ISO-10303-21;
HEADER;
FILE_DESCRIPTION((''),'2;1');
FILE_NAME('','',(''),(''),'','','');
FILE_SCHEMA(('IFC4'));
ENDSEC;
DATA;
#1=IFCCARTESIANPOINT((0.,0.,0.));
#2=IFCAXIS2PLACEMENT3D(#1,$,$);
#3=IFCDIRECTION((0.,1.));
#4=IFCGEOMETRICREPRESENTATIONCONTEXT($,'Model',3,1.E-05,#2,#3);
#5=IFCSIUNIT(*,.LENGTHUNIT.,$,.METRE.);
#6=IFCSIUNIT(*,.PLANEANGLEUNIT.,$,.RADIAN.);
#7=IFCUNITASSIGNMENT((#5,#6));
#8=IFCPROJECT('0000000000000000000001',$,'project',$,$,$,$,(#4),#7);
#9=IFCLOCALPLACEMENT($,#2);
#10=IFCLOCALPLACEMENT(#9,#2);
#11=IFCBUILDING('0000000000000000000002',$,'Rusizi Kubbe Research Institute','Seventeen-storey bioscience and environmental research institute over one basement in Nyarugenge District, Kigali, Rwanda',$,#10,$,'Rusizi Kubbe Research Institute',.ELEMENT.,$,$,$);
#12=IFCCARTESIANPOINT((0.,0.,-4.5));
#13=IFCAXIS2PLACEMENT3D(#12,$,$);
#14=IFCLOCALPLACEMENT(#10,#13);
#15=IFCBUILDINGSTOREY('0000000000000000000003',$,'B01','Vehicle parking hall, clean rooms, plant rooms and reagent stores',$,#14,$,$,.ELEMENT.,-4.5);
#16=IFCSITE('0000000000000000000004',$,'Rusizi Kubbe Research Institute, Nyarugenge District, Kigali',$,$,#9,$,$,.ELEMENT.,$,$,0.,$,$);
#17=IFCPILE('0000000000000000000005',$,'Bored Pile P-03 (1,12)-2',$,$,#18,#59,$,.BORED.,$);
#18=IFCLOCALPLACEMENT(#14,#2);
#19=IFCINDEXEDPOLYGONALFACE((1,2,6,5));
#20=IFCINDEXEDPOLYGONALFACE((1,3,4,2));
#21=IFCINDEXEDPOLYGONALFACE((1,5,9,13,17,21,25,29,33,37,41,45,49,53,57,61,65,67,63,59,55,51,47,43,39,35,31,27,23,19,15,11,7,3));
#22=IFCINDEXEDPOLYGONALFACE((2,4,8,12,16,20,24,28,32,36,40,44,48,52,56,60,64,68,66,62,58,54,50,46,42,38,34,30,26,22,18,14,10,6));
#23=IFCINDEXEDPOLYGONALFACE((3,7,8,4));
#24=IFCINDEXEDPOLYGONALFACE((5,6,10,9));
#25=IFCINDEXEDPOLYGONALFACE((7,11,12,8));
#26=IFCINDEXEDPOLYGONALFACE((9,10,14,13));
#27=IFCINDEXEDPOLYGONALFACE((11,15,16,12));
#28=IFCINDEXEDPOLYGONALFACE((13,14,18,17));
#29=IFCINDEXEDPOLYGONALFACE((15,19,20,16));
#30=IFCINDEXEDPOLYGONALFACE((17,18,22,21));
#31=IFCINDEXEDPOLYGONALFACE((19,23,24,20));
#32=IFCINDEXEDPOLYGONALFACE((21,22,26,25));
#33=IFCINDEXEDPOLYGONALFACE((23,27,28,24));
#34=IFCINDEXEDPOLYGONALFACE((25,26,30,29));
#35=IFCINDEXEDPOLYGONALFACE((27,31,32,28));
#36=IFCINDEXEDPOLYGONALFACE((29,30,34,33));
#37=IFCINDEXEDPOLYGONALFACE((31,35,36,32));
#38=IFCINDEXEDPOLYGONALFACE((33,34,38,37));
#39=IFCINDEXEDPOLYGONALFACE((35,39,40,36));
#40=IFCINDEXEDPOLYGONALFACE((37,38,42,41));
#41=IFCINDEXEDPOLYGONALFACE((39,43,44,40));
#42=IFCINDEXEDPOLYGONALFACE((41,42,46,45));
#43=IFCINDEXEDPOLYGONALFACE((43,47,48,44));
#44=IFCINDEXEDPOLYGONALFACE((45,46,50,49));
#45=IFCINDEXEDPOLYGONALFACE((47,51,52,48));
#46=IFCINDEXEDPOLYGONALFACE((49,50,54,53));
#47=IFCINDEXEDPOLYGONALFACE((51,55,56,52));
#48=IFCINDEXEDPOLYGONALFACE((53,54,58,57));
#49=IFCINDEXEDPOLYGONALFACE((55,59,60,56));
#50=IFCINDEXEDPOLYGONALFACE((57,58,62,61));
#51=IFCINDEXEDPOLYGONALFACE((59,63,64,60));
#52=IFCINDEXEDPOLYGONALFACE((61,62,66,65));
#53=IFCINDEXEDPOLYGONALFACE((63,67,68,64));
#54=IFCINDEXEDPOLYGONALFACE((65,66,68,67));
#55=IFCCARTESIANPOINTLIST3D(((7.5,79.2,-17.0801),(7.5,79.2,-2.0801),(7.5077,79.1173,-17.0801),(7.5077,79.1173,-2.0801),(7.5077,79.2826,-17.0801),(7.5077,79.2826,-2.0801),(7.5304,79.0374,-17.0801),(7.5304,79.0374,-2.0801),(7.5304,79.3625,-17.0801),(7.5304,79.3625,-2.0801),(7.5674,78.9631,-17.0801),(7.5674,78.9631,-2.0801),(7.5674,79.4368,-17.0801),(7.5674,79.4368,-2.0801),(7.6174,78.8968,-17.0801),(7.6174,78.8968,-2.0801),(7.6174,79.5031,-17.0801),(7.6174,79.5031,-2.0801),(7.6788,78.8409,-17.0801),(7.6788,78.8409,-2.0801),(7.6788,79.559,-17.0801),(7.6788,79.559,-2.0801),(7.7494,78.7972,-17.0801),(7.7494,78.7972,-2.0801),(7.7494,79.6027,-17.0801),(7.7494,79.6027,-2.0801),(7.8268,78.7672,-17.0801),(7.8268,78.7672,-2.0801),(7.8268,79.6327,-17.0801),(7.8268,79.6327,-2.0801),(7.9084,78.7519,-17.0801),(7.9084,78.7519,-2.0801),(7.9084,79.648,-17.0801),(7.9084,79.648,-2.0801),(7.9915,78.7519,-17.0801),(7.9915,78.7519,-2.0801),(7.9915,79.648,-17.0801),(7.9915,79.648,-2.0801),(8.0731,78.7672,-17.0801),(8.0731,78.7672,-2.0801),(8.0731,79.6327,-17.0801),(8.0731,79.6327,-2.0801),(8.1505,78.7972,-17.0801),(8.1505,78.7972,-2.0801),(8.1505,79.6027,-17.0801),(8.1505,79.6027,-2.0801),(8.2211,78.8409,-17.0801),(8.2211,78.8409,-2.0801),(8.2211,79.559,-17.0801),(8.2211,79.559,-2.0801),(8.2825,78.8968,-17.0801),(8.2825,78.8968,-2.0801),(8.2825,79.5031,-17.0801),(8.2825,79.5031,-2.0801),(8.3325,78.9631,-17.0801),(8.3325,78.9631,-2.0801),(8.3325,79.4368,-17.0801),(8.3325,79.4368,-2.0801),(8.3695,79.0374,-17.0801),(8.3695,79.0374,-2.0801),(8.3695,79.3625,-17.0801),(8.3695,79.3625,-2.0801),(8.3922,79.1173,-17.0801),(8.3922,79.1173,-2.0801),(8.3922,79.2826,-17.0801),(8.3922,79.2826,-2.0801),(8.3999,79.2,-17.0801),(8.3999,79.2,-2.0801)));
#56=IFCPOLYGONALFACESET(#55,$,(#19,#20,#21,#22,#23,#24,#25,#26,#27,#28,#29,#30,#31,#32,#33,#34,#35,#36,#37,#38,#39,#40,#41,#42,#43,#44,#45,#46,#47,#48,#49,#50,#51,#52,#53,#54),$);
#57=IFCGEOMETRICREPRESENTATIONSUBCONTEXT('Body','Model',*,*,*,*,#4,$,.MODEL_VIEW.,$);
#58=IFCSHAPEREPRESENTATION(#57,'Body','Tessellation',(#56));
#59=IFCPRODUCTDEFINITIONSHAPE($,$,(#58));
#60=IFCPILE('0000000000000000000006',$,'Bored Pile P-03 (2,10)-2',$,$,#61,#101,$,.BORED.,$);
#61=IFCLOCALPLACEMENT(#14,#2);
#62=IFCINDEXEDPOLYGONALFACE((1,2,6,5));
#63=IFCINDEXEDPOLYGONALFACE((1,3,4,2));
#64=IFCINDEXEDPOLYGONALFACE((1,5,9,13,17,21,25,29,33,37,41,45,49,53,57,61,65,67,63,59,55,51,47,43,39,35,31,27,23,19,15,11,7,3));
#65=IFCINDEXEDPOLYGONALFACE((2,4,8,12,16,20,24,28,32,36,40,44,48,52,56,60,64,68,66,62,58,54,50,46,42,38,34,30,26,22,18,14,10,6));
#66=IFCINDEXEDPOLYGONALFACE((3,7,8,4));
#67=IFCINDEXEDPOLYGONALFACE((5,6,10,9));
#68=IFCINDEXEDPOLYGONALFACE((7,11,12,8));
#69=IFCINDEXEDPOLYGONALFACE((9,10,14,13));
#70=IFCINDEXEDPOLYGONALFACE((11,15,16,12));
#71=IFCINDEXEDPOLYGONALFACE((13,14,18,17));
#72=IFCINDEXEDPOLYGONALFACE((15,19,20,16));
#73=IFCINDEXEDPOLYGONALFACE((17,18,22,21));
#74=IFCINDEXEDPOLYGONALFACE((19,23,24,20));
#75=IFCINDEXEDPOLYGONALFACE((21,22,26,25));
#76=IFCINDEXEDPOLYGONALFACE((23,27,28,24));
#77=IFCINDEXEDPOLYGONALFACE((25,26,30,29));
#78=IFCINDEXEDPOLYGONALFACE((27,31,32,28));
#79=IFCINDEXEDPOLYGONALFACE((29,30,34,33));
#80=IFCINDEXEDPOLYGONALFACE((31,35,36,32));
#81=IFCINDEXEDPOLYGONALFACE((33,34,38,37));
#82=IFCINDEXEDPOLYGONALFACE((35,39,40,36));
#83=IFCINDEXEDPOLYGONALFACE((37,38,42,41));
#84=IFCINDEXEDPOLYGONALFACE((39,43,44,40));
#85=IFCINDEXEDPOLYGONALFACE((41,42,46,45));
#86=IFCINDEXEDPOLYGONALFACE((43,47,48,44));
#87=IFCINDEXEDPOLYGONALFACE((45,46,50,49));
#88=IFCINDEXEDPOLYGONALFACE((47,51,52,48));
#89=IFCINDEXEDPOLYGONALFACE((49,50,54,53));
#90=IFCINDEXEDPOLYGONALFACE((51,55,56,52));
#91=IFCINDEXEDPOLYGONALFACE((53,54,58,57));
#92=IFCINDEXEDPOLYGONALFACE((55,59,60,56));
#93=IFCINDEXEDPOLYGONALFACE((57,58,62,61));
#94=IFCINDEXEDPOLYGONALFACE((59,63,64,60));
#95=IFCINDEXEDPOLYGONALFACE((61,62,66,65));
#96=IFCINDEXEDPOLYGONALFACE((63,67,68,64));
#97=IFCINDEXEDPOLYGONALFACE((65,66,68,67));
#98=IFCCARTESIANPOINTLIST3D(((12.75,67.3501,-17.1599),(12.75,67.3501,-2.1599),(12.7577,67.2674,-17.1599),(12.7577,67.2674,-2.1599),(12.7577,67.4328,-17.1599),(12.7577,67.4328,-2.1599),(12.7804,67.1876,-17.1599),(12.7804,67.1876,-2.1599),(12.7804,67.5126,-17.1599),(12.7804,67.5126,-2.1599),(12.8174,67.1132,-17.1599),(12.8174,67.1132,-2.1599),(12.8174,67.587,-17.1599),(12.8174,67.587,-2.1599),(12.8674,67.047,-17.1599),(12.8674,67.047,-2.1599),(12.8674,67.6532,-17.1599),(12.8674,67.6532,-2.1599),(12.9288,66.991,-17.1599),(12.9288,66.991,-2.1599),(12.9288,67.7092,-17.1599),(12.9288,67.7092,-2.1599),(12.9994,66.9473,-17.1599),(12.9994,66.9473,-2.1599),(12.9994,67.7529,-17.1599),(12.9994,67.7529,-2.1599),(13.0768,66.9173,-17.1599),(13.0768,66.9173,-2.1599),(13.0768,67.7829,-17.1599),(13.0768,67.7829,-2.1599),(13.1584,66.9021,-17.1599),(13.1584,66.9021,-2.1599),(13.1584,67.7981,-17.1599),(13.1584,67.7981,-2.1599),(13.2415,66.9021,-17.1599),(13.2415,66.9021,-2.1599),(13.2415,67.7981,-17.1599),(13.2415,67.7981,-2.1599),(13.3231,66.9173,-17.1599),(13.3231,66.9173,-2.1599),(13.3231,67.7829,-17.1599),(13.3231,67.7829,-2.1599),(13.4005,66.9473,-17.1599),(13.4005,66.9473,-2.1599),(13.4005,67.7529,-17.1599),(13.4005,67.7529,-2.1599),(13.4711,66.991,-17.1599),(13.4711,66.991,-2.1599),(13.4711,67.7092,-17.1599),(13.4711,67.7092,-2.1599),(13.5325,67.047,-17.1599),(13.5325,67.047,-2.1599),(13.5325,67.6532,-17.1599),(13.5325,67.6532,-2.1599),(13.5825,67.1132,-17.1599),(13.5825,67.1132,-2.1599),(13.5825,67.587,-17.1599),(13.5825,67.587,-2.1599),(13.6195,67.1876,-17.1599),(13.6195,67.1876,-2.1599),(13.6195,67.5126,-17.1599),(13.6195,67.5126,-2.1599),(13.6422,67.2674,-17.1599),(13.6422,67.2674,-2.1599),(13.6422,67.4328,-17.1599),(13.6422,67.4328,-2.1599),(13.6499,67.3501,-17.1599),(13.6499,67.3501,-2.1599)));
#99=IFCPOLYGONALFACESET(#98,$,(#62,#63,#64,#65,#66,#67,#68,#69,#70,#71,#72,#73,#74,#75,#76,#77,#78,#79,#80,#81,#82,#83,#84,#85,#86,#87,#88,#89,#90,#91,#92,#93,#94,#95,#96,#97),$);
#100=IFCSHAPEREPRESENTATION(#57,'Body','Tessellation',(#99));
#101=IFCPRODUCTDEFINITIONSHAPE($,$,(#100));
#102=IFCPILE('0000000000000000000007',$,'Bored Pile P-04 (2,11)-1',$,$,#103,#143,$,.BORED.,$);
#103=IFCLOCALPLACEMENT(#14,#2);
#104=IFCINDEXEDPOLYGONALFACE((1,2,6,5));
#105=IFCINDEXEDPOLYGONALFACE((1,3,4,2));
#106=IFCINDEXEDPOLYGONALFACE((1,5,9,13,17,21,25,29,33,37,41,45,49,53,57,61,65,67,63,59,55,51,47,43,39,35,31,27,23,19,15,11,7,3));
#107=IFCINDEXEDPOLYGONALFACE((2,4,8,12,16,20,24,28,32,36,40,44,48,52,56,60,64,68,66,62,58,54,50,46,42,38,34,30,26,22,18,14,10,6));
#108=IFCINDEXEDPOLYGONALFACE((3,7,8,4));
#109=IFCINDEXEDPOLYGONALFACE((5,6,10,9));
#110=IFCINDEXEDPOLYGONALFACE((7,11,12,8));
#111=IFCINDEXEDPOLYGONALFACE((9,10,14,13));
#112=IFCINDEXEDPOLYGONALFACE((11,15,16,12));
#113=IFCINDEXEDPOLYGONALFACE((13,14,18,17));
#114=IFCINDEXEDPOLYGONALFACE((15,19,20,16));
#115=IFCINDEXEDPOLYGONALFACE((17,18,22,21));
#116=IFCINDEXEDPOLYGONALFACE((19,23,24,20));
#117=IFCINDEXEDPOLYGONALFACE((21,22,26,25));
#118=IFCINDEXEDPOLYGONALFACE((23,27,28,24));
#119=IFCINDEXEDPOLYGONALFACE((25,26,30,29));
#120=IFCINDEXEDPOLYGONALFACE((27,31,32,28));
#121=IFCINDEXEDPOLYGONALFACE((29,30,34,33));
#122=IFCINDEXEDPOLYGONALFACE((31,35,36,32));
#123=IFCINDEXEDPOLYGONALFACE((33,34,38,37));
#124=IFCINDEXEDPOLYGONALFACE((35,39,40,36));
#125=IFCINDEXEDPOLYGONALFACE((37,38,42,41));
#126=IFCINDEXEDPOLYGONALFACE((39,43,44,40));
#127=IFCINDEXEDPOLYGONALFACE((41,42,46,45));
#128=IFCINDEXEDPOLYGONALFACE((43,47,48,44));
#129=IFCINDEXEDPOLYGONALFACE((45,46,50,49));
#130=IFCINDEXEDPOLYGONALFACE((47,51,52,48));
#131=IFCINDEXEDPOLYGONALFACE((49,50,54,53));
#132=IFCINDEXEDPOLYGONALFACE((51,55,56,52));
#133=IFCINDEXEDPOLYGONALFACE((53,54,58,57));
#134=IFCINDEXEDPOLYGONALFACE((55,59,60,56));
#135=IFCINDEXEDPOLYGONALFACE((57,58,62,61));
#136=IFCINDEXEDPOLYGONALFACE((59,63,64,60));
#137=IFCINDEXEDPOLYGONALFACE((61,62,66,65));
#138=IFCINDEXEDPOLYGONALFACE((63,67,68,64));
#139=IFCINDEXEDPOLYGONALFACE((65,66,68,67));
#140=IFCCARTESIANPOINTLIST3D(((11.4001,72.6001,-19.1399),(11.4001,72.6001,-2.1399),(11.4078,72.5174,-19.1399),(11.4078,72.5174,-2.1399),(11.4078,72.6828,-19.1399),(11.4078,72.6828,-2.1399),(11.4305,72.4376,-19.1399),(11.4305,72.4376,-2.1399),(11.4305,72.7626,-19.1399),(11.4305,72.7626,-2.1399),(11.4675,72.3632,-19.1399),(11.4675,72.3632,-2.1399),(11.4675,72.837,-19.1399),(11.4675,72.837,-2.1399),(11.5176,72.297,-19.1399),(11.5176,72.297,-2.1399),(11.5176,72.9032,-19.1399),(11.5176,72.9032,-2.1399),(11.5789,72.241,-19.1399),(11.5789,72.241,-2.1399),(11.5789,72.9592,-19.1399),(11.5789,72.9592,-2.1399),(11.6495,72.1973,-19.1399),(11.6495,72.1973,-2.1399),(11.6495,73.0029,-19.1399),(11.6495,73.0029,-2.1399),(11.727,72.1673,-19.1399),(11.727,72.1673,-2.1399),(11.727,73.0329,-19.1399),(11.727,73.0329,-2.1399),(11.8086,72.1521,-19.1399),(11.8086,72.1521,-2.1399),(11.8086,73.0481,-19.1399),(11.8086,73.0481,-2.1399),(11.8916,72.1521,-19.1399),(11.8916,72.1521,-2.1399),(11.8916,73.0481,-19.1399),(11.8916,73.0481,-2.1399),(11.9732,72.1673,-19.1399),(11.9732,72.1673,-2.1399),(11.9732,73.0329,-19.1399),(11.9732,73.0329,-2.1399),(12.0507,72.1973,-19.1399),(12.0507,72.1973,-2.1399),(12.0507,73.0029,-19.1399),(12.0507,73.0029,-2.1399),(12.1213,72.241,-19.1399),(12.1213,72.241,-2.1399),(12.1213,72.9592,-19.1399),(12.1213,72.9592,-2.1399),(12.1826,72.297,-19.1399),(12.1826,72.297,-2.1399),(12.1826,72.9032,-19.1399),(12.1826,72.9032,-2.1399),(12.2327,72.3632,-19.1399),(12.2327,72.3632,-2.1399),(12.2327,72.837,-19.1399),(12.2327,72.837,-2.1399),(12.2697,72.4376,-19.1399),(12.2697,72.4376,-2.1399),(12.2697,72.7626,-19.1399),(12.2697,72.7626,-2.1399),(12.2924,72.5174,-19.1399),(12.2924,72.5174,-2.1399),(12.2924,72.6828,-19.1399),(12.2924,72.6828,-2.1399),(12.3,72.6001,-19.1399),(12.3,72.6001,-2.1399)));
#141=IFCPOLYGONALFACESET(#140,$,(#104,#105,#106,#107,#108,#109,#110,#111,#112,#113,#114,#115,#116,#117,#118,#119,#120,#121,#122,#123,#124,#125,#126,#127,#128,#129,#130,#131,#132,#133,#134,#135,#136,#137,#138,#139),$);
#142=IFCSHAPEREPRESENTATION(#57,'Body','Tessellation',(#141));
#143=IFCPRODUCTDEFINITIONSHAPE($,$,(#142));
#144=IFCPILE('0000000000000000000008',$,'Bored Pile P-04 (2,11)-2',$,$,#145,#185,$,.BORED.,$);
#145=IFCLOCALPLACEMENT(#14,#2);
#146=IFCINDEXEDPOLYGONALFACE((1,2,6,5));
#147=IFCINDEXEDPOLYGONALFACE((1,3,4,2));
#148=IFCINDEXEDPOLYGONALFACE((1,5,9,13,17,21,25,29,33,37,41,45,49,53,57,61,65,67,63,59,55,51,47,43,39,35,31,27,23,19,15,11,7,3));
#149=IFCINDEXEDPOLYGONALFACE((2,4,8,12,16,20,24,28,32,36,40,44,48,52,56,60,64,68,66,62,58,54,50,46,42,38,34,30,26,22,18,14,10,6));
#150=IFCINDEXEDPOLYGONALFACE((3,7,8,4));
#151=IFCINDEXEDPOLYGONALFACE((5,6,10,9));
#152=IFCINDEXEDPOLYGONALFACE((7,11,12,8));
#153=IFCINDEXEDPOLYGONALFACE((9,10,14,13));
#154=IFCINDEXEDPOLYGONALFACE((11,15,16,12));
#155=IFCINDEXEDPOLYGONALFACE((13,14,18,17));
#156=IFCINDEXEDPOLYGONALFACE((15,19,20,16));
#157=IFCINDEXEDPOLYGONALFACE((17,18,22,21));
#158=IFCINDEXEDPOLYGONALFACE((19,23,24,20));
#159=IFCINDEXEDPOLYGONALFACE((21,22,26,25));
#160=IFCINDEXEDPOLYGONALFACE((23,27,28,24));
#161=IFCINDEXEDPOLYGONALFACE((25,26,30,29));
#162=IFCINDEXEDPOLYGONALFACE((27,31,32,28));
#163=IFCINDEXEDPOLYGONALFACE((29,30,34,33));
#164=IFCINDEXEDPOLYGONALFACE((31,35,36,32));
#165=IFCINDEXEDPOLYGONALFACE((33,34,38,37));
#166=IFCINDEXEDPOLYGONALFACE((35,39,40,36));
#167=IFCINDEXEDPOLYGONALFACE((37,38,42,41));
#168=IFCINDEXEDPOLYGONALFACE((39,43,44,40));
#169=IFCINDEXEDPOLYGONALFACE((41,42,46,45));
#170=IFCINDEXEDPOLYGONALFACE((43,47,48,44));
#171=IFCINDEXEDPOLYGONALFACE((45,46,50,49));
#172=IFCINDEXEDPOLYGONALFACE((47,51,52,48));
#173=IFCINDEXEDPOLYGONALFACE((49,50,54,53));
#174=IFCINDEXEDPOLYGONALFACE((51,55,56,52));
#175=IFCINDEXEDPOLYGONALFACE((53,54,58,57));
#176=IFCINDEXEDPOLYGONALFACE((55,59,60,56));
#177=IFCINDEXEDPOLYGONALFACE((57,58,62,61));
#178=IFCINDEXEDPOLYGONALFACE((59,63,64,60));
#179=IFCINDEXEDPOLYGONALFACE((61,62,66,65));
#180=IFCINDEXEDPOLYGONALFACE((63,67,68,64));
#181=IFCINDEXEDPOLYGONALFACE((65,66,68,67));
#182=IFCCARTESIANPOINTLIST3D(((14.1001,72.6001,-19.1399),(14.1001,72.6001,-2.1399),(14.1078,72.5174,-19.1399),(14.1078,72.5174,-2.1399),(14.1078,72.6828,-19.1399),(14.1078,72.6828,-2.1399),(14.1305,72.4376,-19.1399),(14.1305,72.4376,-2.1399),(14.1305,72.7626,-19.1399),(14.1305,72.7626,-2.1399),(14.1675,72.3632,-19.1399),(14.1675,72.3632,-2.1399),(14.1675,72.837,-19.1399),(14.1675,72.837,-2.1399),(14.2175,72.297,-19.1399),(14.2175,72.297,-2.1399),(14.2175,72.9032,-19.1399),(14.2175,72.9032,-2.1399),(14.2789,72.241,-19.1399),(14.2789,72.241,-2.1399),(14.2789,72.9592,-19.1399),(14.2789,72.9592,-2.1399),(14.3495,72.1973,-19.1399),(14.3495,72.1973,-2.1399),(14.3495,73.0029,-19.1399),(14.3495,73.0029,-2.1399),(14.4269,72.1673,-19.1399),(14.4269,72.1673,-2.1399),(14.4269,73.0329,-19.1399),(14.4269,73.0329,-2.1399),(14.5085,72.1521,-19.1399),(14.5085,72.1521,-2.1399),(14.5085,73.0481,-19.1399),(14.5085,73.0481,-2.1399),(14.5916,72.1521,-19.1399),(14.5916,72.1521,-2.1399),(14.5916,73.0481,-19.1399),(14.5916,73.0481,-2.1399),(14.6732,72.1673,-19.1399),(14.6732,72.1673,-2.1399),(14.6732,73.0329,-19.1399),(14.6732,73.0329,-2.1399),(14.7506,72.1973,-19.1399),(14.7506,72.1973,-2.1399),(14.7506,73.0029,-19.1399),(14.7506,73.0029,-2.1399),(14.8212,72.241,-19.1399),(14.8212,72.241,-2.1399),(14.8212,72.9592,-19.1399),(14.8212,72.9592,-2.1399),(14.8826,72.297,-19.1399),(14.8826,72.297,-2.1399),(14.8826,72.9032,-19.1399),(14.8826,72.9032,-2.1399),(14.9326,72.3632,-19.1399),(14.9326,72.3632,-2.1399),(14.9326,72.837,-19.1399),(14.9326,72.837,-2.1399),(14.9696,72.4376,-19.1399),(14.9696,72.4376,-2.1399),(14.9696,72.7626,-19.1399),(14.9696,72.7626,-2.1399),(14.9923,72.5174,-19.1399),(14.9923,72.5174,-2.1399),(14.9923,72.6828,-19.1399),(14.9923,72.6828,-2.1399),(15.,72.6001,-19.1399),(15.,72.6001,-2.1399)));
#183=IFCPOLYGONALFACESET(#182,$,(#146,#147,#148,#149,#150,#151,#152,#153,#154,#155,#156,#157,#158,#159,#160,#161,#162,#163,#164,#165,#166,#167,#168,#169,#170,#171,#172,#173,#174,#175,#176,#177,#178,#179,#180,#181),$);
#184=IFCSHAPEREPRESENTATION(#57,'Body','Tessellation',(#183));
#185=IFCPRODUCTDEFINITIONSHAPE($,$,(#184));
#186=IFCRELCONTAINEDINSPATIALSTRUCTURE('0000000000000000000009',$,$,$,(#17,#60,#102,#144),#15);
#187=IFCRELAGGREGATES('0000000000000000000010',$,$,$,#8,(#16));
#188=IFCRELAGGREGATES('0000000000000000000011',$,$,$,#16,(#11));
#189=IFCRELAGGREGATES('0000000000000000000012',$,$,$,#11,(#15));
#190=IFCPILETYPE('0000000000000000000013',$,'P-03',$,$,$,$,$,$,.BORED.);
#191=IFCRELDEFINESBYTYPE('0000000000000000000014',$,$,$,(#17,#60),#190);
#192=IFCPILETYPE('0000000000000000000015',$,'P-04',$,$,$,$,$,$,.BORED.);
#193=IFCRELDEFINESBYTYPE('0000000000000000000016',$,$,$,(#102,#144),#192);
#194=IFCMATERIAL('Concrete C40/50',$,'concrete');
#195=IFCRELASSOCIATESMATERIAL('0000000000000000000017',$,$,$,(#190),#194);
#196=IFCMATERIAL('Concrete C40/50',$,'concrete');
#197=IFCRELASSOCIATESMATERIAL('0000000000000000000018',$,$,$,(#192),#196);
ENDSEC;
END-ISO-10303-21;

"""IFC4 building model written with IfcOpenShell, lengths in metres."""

from ifc_helpers import new_model, si_unit, direction, frame, origin, origin_2d, place, context, subcontext, project, spatial, circle, extrude, material, material_profile, profile_set, type_object, element, save


model = new_model("IFC4")

# Units and contexts
model_context = context("Model", 3, precision=1e-05, world=origin(), true_north=direction((0.0, 1.0)))
body_context = subcontext(model_context, "Body", "Model", "MODEL_VIEW")
ifc_project = project(units=[si_unit("LENGTHUNIT", "METRE"), si_unit("PLANEANGLEUNIT", "RADIAN")], contexts=[model_context])

# Site, building, storey
site_placement = place(None, origin())
site = spatial("IfcSite", under=ifc_project, at=site_placement, Name="Rusizi Kubbe Research Institute, Nyarugenge District, Kigali", CompositionType="ELEMENT", RefElevation=0.0)
building_placement = place(site_placement, origin())
building = spatial("IfcBuilding", under=site, at=building_placement, Name="Rusizi Kubbe Research Institute", Description="Seventeen-storey bioscience and environmental research institute over one basement in Nyarugenge District, Kigali, Rwanda", LongName="Rusizi Kubbe Research Institute", CompositionType="ELEMENT")
storey_placement = place(building_placement, frame((0.0, 0.0, -4.5)))
storey = spatial("IfcBuildingStorey", under=building, at=storey_placement, Name="B01", Description="Vehicle parking hall, clean rooms, plant rooms and reagent stores", CompositionType="ELEMENT", Elevation=-4.5)

# Piles
ifc_material_1 = material(Name="Concrete C40/50", Category="concrete")
ifc_material_profile_1 = material_profile(ifc_material_1, circle(Radius=0.45, at=origin_2d()), Name="PILE-D900")
ifc_profile_set_1 = profile_set([ifc_material_profile_1], Name="Concrete C40/50")
pile_type_1 = type_object("IfcPileType", Name="P-03", PredefinedType="BORED", material=ifc_profile_set_1)
for number, where, z_axis, x_axis, name in (
    (1, (7.95, 79.2, -2.0801), (0.0, 0.0, -1.0), (1.0, 0.0, 0.0), "Bored Pile P-03 (1,12)-2"),
    (2, (13.2, 67.3501, -2.1599), (0.0, 0.0, -1.0), (1.0, 0.0, 0.0), "Bored Pile P-03 (2,10)-2"),
):
    element("IfcPile", number, at=place(storey_placement, frame(where, z_axis=z_axis, x_axis=x_axis)), inside=storey, type_object=pile_type_1, Name=name, PredefinedType="BORED", context=body_context, shape_type="SweptSolid", body=[
        extrude(circle(Radius=0.45, at=origin_2d()), origin(), (0.0, 0.0, 1.0), 15.0),
    ])
ifc_material_2 = material(Name="Concrete C40/50", Category="concrete")
ifc_material_profile_2 = material_profile(ifc_material_2, circle(Radius=0.45, at=origin_2d()), Name="PILE-D900")
ifc_profile_set_2 = profile_set([ifc_material_profile_2], Name="Concrete C40/50")
pile_type_2 = type_object("IfcPileType", Name="P-04", PredefinedType="BORED", material=ifc_profile_set_2)
for number, where, z_axis, x_axis, name in (
    (3, (11.8501, 72.6001, -2.1399), (0.0, 0.0, -1.0), (1.0, 0.0, 0.0), "Bored Pile P-04 (2,11)-1"),
    (4, (14.55, 72.6001, -2.1399), (0.0, 0.0, -1.0), (1.0, 0.0, 0.0), "Bored Pile P-04 (2,11)-2"),
):
    element("IfcPile", number, at=place(storey_placement, frame(where, z_axis=z_axis, x_axis=x_axis)), inside=storey, type_object=pile_type_2, Name=name, PredefinedType="BORED", context=body_context, shape_type="SweptSolid", body=[
        extrude(circle(Radius=0.45, at=origin_2d()), origin(), (0.0, 0.0, 1.0), 17.0),
    ])

save(model, "model.ifc")
